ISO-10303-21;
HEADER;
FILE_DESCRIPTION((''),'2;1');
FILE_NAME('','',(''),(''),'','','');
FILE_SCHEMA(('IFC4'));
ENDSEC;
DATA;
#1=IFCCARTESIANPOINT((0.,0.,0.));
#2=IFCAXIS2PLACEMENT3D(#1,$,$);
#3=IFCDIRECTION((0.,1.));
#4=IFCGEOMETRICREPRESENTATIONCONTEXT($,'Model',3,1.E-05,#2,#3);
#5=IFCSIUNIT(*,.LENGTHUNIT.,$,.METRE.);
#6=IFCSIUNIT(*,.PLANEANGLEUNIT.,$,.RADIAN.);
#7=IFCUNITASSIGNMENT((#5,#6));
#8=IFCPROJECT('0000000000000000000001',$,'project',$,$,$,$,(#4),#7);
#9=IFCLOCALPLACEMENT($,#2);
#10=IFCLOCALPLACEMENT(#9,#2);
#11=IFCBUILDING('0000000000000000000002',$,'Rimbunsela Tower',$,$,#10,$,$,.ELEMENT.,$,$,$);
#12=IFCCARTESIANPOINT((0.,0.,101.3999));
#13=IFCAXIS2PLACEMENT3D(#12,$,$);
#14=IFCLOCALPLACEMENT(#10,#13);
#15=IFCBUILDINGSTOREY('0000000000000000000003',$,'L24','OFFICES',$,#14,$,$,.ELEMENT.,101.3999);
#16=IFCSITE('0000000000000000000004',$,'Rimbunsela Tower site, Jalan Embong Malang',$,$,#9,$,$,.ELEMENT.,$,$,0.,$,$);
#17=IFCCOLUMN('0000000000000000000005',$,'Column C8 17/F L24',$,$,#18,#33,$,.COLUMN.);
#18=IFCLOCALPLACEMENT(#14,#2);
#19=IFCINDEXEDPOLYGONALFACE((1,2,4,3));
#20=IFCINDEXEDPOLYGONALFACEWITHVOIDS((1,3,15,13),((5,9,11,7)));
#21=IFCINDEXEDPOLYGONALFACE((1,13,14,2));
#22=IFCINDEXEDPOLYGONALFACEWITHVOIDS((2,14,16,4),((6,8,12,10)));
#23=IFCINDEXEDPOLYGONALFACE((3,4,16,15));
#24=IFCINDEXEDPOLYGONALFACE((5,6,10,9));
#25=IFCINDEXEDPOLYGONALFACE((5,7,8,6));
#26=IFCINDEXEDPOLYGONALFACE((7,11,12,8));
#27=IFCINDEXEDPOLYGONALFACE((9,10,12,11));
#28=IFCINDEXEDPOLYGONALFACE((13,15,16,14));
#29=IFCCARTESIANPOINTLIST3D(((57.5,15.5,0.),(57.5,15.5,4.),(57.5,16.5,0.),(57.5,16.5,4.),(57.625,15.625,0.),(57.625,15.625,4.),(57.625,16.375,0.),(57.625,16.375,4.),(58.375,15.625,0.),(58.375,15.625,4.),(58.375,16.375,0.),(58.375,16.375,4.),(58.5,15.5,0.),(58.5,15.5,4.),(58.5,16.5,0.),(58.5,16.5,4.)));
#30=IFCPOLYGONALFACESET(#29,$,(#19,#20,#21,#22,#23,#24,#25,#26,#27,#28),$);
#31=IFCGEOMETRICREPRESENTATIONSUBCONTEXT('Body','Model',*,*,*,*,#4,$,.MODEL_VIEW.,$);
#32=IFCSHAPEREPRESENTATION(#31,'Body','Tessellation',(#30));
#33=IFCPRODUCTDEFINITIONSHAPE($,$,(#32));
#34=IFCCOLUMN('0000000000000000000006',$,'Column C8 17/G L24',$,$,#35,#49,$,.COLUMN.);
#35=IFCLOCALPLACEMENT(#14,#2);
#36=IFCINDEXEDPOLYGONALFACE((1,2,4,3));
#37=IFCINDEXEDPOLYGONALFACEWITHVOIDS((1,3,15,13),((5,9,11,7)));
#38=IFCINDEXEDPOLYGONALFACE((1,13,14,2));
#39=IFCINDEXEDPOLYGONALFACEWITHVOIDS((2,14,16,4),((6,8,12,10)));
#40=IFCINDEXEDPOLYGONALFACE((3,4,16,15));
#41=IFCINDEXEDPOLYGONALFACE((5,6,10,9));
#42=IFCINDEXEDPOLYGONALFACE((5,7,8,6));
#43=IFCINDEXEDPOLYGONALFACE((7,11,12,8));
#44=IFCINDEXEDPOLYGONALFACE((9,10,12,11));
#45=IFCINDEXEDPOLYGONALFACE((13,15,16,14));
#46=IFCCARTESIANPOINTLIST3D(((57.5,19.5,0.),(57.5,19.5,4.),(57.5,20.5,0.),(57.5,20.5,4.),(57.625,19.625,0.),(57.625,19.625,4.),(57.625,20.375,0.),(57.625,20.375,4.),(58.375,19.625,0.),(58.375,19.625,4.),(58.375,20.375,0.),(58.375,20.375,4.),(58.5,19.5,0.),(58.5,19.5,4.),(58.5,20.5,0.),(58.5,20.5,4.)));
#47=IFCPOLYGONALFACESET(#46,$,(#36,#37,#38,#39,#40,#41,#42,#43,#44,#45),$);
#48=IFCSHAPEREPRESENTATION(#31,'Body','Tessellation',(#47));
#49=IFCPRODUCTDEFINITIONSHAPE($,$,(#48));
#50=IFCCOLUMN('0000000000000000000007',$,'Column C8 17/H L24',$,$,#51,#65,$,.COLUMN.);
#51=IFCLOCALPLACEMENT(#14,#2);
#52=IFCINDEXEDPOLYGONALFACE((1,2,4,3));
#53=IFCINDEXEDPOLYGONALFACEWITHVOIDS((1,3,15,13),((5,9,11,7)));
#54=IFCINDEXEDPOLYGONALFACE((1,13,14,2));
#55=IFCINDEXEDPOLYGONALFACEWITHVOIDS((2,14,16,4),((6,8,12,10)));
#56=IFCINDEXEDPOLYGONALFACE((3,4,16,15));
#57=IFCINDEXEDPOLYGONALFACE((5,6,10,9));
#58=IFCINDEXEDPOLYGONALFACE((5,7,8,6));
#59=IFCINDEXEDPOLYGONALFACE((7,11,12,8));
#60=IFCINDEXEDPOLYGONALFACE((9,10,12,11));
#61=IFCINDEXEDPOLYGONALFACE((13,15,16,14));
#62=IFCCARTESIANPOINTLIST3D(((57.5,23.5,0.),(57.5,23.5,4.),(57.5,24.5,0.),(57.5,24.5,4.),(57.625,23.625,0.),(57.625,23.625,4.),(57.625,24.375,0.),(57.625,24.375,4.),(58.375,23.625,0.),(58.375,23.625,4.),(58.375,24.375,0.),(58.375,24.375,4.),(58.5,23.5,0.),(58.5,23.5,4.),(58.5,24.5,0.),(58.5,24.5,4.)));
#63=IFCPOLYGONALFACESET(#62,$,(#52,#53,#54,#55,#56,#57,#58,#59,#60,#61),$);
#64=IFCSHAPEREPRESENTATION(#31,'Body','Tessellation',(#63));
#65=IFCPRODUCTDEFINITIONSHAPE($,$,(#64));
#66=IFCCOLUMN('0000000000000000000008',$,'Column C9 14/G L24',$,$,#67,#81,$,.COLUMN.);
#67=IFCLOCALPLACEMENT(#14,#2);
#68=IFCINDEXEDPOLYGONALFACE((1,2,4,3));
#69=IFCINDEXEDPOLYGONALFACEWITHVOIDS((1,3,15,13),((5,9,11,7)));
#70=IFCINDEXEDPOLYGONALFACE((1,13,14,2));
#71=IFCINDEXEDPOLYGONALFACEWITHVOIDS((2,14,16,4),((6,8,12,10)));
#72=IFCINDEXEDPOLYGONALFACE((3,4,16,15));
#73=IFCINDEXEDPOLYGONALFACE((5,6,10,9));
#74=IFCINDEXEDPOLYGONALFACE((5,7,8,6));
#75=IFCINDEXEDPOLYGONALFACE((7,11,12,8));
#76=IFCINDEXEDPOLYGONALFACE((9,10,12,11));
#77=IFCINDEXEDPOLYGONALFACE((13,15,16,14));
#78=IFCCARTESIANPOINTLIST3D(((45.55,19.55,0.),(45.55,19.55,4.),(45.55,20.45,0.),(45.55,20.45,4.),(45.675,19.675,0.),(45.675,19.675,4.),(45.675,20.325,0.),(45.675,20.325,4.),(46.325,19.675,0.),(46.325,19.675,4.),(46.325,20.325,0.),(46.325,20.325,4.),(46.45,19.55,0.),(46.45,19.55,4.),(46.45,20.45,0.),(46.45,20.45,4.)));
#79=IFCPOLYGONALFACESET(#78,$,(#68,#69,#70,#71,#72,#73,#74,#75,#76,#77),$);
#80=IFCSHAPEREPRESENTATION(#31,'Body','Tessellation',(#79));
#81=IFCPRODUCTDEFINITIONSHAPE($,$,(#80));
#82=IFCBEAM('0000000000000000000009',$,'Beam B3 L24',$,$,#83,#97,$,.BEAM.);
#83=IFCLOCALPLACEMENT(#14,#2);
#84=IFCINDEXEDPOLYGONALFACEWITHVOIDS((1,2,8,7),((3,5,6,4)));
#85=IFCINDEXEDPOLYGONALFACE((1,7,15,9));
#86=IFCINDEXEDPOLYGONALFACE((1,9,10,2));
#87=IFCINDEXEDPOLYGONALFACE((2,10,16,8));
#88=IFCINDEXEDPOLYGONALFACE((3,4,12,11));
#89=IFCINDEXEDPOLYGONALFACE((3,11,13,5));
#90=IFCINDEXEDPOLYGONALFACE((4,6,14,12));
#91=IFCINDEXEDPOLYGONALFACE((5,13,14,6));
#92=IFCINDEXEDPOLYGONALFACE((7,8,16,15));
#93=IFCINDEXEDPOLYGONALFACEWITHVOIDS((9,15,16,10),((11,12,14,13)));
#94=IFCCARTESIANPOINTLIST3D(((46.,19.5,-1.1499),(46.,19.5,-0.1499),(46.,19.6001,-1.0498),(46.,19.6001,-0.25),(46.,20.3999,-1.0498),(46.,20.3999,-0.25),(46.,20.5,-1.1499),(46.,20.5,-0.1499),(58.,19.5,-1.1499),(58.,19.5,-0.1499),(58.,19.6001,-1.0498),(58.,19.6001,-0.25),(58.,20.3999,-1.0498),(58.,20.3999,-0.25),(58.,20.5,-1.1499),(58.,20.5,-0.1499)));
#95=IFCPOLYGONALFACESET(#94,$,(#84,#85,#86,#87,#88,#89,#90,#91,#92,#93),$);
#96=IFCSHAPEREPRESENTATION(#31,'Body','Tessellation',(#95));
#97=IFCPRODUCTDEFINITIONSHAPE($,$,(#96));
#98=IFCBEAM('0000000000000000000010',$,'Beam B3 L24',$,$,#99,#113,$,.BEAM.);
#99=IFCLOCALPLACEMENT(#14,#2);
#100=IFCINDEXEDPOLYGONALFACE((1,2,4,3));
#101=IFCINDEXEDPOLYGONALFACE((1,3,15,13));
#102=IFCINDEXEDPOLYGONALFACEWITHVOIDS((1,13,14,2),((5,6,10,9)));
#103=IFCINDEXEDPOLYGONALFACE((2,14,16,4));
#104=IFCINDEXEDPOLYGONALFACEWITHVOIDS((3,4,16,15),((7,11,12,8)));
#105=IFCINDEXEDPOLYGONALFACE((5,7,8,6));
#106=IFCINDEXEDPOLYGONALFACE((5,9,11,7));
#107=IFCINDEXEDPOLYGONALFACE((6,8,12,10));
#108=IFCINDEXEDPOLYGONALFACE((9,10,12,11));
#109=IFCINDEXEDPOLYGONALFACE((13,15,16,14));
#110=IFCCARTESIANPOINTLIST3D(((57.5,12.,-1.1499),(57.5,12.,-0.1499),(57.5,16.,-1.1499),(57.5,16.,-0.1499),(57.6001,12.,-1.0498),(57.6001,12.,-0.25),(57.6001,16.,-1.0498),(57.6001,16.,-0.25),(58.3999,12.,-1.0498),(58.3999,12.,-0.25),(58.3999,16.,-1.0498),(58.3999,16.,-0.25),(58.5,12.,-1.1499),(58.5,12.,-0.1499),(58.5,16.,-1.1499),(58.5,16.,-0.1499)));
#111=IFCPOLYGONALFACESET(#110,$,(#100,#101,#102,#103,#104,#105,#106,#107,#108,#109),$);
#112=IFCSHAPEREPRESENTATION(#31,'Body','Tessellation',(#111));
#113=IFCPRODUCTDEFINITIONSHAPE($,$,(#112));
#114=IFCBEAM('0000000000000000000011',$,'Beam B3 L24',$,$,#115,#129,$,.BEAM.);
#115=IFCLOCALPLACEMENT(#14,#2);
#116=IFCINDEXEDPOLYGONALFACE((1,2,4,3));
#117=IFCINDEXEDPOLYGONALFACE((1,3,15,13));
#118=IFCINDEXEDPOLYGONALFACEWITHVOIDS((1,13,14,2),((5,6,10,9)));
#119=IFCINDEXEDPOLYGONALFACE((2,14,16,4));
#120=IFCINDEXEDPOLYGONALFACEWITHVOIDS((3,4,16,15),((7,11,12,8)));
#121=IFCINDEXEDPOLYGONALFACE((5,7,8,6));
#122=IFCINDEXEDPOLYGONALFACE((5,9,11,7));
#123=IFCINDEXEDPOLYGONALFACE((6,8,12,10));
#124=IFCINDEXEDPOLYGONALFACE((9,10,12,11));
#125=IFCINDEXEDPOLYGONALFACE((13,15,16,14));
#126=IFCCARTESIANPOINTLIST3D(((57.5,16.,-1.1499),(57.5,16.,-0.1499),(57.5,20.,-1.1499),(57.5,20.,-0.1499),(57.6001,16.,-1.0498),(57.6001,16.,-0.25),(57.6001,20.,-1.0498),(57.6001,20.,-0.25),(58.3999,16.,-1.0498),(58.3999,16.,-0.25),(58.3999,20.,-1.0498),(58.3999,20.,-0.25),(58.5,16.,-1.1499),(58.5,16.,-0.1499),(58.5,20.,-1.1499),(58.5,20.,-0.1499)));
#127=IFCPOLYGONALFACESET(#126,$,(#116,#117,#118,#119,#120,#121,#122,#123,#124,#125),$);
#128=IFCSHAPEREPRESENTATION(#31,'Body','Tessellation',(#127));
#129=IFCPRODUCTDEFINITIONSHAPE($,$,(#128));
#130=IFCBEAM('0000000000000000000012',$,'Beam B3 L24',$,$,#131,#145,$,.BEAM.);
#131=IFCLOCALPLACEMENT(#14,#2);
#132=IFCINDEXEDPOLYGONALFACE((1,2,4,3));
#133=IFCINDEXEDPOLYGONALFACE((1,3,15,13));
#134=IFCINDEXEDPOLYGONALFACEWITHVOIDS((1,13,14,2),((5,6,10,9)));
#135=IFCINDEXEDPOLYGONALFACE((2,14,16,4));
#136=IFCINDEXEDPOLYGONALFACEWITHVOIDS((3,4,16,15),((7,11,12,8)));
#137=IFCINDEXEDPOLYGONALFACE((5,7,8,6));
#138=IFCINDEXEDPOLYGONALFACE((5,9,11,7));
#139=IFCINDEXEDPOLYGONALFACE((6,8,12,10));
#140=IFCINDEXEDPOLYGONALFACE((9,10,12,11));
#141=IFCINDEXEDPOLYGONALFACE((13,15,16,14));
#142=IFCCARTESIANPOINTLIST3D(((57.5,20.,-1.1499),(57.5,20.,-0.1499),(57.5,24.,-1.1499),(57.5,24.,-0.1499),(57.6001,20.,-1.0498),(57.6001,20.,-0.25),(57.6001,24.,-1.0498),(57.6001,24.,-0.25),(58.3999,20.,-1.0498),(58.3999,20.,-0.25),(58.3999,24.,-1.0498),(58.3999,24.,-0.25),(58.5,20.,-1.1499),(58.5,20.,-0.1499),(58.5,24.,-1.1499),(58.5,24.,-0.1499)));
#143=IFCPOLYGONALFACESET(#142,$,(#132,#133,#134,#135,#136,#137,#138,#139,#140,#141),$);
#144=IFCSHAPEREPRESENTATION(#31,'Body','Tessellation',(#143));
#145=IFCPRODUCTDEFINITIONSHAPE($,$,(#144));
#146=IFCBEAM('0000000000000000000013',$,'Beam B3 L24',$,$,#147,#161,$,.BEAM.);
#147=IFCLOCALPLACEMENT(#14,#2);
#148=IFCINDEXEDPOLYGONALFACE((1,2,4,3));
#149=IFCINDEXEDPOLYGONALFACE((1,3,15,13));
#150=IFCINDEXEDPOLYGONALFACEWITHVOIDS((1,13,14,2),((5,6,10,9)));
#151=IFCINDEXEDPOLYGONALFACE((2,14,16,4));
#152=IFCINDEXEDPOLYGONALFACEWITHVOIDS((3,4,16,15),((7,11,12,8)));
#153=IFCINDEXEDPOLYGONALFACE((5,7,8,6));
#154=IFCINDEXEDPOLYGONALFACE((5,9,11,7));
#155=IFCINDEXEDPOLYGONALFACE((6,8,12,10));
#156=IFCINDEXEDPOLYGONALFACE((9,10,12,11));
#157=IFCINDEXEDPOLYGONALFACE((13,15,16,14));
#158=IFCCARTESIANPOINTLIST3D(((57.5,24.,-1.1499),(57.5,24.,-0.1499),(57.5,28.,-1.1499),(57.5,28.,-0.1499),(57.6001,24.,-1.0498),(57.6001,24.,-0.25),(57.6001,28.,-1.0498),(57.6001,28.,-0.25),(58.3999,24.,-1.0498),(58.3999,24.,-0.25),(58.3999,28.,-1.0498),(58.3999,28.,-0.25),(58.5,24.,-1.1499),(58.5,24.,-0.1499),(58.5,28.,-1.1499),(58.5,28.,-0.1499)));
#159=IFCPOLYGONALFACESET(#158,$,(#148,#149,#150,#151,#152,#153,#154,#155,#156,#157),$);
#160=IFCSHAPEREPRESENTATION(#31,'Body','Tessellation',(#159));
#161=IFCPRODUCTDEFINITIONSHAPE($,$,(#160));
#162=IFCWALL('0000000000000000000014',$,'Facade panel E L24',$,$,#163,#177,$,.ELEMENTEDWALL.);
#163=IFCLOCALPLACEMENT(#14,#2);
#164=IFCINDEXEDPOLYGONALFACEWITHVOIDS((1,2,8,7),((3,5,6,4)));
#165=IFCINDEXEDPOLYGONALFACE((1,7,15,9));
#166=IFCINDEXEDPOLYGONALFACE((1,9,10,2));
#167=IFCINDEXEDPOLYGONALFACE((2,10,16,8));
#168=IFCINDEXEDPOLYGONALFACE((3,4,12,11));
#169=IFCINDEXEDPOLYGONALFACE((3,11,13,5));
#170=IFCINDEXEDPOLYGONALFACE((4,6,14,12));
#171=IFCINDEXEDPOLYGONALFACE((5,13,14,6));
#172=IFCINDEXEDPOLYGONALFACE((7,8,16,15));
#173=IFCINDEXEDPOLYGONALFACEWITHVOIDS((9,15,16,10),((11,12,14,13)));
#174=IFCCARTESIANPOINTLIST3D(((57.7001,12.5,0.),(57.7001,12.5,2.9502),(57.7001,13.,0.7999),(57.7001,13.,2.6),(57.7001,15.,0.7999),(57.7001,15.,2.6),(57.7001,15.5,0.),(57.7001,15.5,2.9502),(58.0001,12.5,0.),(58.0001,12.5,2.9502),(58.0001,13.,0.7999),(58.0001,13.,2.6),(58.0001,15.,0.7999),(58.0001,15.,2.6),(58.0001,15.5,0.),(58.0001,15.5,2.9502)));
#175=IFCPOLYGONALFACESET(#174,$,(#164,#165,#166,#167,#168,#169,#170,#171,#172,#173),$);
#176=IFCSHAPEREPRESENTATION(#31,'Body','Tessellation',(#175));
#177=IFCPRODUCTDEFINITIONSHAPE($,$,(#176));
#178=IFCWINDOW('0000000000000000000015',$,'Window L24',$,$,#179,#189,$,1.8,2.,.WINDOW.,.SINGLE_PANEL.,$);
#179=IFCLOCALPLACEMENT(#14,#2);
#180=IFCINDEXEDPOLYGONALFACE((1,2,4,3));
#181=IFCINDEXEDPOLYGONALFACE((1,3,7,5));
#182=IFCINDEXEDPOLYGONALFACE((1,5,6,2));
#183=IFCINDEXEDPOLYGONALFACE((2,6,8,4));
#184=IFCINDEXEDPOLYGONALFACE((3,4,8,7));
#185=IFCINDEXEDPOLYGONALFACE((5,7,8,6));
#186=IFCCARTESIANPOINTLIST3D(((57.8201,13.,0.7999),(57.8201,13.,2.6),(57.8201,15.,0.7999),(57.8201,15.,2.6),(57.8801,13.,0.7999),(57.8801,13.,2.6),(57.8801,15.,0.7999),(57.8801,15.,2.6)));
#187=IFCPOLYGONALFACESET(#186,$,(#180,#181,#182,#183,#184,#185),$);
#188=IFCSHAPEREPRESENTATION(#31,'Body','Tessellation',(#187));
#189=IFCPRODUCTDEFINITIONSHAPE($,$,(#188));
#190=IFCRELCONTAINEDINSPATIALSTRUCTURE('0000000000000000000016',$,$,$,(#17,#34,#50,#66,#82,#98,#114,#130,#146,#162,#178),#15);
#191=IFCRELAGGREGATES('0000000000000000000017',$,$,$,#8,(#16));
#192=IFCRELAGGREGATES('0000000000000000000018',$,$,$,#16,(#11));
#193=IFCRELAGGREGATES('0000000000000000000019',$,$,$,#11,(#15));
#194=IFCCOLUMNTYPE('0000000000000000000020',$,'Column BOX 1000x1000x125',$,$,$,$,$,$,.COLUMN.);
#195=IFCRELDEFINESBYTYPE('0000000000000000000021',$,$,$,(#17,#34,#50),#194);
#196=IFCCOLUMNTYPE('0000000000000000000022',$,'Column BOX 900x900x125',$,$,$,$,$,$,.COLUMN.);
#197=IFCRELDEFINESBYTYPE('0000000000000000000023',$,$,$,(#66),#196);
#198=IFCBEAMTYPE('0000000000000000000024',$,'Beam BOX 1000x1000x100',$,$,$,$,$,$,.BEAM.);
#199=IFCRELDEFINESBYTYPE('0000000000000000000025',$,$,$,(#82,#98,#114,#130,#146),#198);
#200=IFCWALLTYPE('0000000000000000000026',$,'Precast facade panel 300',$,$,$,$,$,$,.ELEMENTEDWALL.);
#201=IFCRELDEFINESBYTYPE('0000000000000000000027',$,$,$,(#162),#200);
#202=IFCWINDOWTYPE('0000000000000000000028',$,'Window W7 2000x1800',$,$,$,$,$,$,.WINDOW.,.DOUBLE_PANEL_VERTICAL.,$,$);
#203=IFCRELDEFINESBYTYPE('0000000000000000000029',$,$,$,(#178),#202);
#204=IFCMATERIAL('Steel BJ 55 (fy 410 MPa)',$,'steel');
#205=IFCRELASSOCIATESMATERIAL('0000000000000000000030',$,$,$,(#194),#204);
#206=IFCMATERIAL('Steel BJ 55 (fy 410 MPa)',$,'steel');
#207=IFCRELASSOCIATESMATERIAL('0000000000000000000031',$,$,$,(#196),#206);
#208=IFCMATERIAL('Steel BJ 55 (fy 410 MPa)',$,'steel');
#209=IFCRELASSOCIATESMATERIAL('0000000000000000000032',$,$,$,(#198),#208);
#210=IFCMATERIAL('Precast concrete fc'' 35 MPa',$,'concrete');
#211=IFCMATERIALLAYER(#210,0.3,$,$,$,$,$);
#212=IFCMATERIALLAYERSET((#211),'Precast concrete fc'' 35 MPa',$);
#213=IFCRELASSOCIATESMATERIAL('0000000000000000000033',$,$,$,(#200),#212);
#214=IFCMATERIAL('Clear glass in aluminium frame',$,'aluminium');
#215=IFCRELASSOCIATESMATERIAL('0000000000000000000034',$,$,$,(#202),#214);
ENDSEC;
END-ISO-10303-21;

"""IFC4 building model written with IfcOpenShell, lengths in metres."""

from ifc_helpers import new_model, si_unit, direction, frame, frame_2d, origin, origin_2d, place, context, subcontext, project, spatial, rectangle, hollow_rectangle, extrude, material, layer, layer_set, material_profile, profile_set, type_object, element, fill, save


model = new_model("IFC4")

# Units and contexts
model_context = context("Model", 3, precision=1e-05, world=origin(), true_north=direction((0.0, 1.0)))
body_context = subcontext(model_context, "Body", "Model", "MODEL_VIEW")
ifc_project = project(units=[si_unit("LENGTHUNIT", "METRE"), si_unit("PLANEANGLEUNIT", "RADIAN")], contexts=[model_context])

# Site, building, storey
site_placement = place(None, origin())
site = spatial("IfcSite", under=ifc_project, at=site_placement, Name="Rimbunsela Tower site, Jalan Embong Malang", CompositionType="ELEMENT", RefElevation=0.0)
building_placement = place(site_placement, origin())
building = spatial("IfcBuilding", under=site, at=building_placement, Name="Rimbunsela Tower", CompositionType="ELEMENT")
storey_placement = place(building_placement, frame((0.0, 0.0, 101.3999)))
storey = spatial("IfcBuildingStorey", under=building, at=storey_placement, Name="L24", Description="OFFICES", CompositionType="ELEMENT", Elevation=101.3999)

# Columns
ifc_material_1 = material(Name="Steel BJ 55 (fy 410 MPa)", Category="steel")
ifc_material_profile_1 = material_profile(ifc_material_1, hollow_rectangle(XDim=1.0, YDim=1.0, WallThickness=0.125, at=origin_2d()), Name="BOX 1000x1000x125")
ifc_profile_set_1 = profile_set([ifc_material_profile_1], Name="Steel BJ 55 (fy 410 MPa)")
column_type_1 = type_object("IfcColumnType", Name="Column BOX 1000x1000x125", PredefinedType="COLUMN", material=ifc_profile_set_1)
for number, where, z_axis, x_axis, name in (
    (1, (58.0, 16.0, 0.0), (0.0, 0.0, 1.0), (1.0, 0.0, 0.0), "Column C8 17/F L24"),
    (2, (58.0, 20.0, 0.0), (0.0, 0.0, 1.0), (1.0, 0.0, 0.0), "Column C8 17/G L24"),
    (3, (58.0, 24.0, 0.0), (0.0, 0.0, 1.0), (1.0, 0.0, 0.0), "Column C8 17/H L24"),
):
    element("IfcColumn", number, at=place(storey_placement, frame(where, z_axis=z_axis, x_axis=x_axis)), inside=storey, type_object=column_type_1, Name=name, PredefinedType="COLUMN", context=body_context, shape_type="SweptSolid", body=[
        extrude(hollow_rectangle(XDim=1.0, YDim=1.0, WallThickness=0.125, at=origin_2d()), origin(), (0.0, 0.0, 1.0), 4.0),
    ])
ifc_material_2 = material(Name="Steel BJ 55 (fy 410 MPa)", Category="steel")
ifc_material_profile_2 = material_profile(ifc_material_2, hollow_rectangle(XDim=0.8999, YDim=0.8999, WallThickness=0.125, at=origin_2d()), Name="BOX 900x900x125")
ifc_profile_set_2 = profile_set([ifc_material_profile_2], Name="Steel BJ 55 (fy 410 MPa)")
column_type_2 = type_object("IfcColumnType", Name="Column BOX 900x900x125", PredefinedType="COLUMN", material=ifc_profile_set_2)
column_placement = place(storey_placement, frame((46.0, 20.0, 0.0), z_axis=(0.0, 0.0, 1.0), x_axis=(1.0, 0.0, 0.0)))
element("IfcColumn", 4, at=column_placement, inside=storey, type_object=column_type_2, Name="Column C9 14/G L24", PredefinedType="COLUMN", context=body_context, shape_type="SweptSolid", body=[
    extrude(hollow_rectangle(XDim=0.8999, YDim=0.8999, WallThickness=0.125, at=origin_2d()), origin(), (0.0, 0.0, 1.0), 4.0),
])

# Beams
ifc_material_3 = material(Name="Steel BJ 55 (fy 410 MPa)", Category="steel")
ifc_material_profile_3 = material_profile(ifc_material_3, hollow_rectangle(XDim=1.0, YDim=1.0, WallThickness=0.1001, at=origin_2d()), Name="BOX 1000x1000x100")
ifc_profile_set_3 = profile_set([ifc_material_profile_3], Name="Steel BJ 55 (fy 410 MPa)")
beam_type = type_object("IfcBeamType", Name="Beam BOX 1000x1000x100", PredefinedType="BEAM", material=ifc_profile_set_3)
beam_placement = place(storey_placement, frame((46.0, 20.0, -0.6499), z_axis=(1.0, 0.0, 0.0), x_axis=(0.0, 1.0, 0.0)))
element("IfcBeam", 5, at=beam_placement, inside=storey, type_object=beam_type, Name="Beam B3 L24", PredefinedType="BEAM", context=body_context, shape_type="SweptSolid", body=[
    extrude(hollow_rectangle(XDim=1.0, YDim=1.0, WallThickness=0.1001, at=origin_2d()), origin(), (0.0, 0.0, 1.0), 12.0),
])
for number, where, z_axis, x_axis, name in (
    (6, (58.0, 12.0, -0.6499), (0.0, 1.0, 0.0), (-1.0, 0.0, 0.0), "Beam B3 L24"),
    (7, (58.0, 16.0, -0.6499), (0.0, 1.0, 0.0), (-1.0, 0.0, 0.0), "Beam B3 L24"),
    (8, (58.0, 20.0, -0.6499), (0.0, 1.0, 0.0), (-1.0, 0.0, 0.0), "Beam B3 L24"),
    (9, (58.0, 24.0, -0.6499), (0.0, 1.0, 0.0), (-1.0, 0.0, 0.0), "Beam B3 L24"),
):
    element("IfcBeam", number, at=place(storey_placement, frame(where, z_axis=z_axis, x_axis=x_axis)), inside=storey, type_object=beam_type, Name=name, PredefinedType="BEAM", context=body_context, shape_type="SweptSolid", body=[
        extrude(hollow_rectangle(XDim=1.0, YDim=1.0, WallThickness=0.1001, at=origin_2d()), origin(), (0.0, 0.0, 1.0), 4.0),
    ])

# Wall, opening, window
ifc_material_4 = material(Name="Precast concrete fc' 35 MPa", Category="concrete")
ifc_layer_1 = layer(ifc_material_4, 0.3)
ifc_layer_set_1 = layer_set([ifc_layer_1], Name="Precast concrete fc' 35 MPa")
wall_type = type_object("IfcWallType", Name="Precast facade panel 300", PredefinedType="ELEMENTEDWALL", material=ifc_layer_set_1)
wall_1_placement = place(storey_placement, frame((57.8501, 12.5, 0.0), z_axis=(0.0, 0.0, 1.0), x_axis=(0.0, 1.0, 0.0)))
wall_1 = element("IfcWall", 10, at=wall_1_placement, inside=storey, type_object=wall_type, Name="Facade panel E L24", PredefinedType="ELEMENTEDWALL", context=body_context, shape_type="SweptSolid", body=[
    extrude(rectangle(XDim=3.0, YDim=0.3, at=frame_2d((1.5, 0.0))), origin(), (0.0, 0.0, 1.0), 2.9502),
])
opening_1_placement = place(wall_1_placement, frame((0.5, 0.0, 0.8)))
opening_1 = element("IfcOpeningElement", 11, at=opening_1_placement, cuts=wall_1, PredefinedType="OPENING", context=body_context, shape_type="SweptSolid", body=[
    extrude(rectangle(XDim=2.0, YDim=1.8, at=frame_2d((1.0, 0.8999))), frame((0.0, 0.1599, 0.0), z_axis=(0.0, -1.0, 0.0), x_axis=(1.0, 0.0, 0.0)), (0.0, 0.0, 1.0), 0.3201),
])
ifc_material_5 = material(Name="Clear glass in aluminium frame", Category="aluminium")
window_type = type_object("IfcWindowType", Name="Window W7 2000x1800", PartitioningType="DOUBLE_PANEL_VERTICAL", PredefinedType="WINDOW", material=ifc_material_5)
window_1_placement = place(opening_1_placement, origin())
window_1 = element("IfcWindow", 12, at=window_1_placement, inside=storey, type_object=window_type, Name="Window L24", OverallHeight=1.8, OverallWidth=2.0, PartitioningType="SINGLE_PANEL", PredefinedType="WINDOW", context=body_context, shape_type="SweptSolid", body=[
    extrude(rectangle(XDim=2.0, YDim=1.8, at=frame_2d((1.0, 0.8999))), frame((0.0, 0.03, 0.0), z_axis=(0.0, -1.0, 0.0), x_axis=(1.0, 0.0, 0.0)), (0.0, 0.0, 1.0), 0.0601),
])
fill(opening_1, window_1)

save(model, "model.ifc")
